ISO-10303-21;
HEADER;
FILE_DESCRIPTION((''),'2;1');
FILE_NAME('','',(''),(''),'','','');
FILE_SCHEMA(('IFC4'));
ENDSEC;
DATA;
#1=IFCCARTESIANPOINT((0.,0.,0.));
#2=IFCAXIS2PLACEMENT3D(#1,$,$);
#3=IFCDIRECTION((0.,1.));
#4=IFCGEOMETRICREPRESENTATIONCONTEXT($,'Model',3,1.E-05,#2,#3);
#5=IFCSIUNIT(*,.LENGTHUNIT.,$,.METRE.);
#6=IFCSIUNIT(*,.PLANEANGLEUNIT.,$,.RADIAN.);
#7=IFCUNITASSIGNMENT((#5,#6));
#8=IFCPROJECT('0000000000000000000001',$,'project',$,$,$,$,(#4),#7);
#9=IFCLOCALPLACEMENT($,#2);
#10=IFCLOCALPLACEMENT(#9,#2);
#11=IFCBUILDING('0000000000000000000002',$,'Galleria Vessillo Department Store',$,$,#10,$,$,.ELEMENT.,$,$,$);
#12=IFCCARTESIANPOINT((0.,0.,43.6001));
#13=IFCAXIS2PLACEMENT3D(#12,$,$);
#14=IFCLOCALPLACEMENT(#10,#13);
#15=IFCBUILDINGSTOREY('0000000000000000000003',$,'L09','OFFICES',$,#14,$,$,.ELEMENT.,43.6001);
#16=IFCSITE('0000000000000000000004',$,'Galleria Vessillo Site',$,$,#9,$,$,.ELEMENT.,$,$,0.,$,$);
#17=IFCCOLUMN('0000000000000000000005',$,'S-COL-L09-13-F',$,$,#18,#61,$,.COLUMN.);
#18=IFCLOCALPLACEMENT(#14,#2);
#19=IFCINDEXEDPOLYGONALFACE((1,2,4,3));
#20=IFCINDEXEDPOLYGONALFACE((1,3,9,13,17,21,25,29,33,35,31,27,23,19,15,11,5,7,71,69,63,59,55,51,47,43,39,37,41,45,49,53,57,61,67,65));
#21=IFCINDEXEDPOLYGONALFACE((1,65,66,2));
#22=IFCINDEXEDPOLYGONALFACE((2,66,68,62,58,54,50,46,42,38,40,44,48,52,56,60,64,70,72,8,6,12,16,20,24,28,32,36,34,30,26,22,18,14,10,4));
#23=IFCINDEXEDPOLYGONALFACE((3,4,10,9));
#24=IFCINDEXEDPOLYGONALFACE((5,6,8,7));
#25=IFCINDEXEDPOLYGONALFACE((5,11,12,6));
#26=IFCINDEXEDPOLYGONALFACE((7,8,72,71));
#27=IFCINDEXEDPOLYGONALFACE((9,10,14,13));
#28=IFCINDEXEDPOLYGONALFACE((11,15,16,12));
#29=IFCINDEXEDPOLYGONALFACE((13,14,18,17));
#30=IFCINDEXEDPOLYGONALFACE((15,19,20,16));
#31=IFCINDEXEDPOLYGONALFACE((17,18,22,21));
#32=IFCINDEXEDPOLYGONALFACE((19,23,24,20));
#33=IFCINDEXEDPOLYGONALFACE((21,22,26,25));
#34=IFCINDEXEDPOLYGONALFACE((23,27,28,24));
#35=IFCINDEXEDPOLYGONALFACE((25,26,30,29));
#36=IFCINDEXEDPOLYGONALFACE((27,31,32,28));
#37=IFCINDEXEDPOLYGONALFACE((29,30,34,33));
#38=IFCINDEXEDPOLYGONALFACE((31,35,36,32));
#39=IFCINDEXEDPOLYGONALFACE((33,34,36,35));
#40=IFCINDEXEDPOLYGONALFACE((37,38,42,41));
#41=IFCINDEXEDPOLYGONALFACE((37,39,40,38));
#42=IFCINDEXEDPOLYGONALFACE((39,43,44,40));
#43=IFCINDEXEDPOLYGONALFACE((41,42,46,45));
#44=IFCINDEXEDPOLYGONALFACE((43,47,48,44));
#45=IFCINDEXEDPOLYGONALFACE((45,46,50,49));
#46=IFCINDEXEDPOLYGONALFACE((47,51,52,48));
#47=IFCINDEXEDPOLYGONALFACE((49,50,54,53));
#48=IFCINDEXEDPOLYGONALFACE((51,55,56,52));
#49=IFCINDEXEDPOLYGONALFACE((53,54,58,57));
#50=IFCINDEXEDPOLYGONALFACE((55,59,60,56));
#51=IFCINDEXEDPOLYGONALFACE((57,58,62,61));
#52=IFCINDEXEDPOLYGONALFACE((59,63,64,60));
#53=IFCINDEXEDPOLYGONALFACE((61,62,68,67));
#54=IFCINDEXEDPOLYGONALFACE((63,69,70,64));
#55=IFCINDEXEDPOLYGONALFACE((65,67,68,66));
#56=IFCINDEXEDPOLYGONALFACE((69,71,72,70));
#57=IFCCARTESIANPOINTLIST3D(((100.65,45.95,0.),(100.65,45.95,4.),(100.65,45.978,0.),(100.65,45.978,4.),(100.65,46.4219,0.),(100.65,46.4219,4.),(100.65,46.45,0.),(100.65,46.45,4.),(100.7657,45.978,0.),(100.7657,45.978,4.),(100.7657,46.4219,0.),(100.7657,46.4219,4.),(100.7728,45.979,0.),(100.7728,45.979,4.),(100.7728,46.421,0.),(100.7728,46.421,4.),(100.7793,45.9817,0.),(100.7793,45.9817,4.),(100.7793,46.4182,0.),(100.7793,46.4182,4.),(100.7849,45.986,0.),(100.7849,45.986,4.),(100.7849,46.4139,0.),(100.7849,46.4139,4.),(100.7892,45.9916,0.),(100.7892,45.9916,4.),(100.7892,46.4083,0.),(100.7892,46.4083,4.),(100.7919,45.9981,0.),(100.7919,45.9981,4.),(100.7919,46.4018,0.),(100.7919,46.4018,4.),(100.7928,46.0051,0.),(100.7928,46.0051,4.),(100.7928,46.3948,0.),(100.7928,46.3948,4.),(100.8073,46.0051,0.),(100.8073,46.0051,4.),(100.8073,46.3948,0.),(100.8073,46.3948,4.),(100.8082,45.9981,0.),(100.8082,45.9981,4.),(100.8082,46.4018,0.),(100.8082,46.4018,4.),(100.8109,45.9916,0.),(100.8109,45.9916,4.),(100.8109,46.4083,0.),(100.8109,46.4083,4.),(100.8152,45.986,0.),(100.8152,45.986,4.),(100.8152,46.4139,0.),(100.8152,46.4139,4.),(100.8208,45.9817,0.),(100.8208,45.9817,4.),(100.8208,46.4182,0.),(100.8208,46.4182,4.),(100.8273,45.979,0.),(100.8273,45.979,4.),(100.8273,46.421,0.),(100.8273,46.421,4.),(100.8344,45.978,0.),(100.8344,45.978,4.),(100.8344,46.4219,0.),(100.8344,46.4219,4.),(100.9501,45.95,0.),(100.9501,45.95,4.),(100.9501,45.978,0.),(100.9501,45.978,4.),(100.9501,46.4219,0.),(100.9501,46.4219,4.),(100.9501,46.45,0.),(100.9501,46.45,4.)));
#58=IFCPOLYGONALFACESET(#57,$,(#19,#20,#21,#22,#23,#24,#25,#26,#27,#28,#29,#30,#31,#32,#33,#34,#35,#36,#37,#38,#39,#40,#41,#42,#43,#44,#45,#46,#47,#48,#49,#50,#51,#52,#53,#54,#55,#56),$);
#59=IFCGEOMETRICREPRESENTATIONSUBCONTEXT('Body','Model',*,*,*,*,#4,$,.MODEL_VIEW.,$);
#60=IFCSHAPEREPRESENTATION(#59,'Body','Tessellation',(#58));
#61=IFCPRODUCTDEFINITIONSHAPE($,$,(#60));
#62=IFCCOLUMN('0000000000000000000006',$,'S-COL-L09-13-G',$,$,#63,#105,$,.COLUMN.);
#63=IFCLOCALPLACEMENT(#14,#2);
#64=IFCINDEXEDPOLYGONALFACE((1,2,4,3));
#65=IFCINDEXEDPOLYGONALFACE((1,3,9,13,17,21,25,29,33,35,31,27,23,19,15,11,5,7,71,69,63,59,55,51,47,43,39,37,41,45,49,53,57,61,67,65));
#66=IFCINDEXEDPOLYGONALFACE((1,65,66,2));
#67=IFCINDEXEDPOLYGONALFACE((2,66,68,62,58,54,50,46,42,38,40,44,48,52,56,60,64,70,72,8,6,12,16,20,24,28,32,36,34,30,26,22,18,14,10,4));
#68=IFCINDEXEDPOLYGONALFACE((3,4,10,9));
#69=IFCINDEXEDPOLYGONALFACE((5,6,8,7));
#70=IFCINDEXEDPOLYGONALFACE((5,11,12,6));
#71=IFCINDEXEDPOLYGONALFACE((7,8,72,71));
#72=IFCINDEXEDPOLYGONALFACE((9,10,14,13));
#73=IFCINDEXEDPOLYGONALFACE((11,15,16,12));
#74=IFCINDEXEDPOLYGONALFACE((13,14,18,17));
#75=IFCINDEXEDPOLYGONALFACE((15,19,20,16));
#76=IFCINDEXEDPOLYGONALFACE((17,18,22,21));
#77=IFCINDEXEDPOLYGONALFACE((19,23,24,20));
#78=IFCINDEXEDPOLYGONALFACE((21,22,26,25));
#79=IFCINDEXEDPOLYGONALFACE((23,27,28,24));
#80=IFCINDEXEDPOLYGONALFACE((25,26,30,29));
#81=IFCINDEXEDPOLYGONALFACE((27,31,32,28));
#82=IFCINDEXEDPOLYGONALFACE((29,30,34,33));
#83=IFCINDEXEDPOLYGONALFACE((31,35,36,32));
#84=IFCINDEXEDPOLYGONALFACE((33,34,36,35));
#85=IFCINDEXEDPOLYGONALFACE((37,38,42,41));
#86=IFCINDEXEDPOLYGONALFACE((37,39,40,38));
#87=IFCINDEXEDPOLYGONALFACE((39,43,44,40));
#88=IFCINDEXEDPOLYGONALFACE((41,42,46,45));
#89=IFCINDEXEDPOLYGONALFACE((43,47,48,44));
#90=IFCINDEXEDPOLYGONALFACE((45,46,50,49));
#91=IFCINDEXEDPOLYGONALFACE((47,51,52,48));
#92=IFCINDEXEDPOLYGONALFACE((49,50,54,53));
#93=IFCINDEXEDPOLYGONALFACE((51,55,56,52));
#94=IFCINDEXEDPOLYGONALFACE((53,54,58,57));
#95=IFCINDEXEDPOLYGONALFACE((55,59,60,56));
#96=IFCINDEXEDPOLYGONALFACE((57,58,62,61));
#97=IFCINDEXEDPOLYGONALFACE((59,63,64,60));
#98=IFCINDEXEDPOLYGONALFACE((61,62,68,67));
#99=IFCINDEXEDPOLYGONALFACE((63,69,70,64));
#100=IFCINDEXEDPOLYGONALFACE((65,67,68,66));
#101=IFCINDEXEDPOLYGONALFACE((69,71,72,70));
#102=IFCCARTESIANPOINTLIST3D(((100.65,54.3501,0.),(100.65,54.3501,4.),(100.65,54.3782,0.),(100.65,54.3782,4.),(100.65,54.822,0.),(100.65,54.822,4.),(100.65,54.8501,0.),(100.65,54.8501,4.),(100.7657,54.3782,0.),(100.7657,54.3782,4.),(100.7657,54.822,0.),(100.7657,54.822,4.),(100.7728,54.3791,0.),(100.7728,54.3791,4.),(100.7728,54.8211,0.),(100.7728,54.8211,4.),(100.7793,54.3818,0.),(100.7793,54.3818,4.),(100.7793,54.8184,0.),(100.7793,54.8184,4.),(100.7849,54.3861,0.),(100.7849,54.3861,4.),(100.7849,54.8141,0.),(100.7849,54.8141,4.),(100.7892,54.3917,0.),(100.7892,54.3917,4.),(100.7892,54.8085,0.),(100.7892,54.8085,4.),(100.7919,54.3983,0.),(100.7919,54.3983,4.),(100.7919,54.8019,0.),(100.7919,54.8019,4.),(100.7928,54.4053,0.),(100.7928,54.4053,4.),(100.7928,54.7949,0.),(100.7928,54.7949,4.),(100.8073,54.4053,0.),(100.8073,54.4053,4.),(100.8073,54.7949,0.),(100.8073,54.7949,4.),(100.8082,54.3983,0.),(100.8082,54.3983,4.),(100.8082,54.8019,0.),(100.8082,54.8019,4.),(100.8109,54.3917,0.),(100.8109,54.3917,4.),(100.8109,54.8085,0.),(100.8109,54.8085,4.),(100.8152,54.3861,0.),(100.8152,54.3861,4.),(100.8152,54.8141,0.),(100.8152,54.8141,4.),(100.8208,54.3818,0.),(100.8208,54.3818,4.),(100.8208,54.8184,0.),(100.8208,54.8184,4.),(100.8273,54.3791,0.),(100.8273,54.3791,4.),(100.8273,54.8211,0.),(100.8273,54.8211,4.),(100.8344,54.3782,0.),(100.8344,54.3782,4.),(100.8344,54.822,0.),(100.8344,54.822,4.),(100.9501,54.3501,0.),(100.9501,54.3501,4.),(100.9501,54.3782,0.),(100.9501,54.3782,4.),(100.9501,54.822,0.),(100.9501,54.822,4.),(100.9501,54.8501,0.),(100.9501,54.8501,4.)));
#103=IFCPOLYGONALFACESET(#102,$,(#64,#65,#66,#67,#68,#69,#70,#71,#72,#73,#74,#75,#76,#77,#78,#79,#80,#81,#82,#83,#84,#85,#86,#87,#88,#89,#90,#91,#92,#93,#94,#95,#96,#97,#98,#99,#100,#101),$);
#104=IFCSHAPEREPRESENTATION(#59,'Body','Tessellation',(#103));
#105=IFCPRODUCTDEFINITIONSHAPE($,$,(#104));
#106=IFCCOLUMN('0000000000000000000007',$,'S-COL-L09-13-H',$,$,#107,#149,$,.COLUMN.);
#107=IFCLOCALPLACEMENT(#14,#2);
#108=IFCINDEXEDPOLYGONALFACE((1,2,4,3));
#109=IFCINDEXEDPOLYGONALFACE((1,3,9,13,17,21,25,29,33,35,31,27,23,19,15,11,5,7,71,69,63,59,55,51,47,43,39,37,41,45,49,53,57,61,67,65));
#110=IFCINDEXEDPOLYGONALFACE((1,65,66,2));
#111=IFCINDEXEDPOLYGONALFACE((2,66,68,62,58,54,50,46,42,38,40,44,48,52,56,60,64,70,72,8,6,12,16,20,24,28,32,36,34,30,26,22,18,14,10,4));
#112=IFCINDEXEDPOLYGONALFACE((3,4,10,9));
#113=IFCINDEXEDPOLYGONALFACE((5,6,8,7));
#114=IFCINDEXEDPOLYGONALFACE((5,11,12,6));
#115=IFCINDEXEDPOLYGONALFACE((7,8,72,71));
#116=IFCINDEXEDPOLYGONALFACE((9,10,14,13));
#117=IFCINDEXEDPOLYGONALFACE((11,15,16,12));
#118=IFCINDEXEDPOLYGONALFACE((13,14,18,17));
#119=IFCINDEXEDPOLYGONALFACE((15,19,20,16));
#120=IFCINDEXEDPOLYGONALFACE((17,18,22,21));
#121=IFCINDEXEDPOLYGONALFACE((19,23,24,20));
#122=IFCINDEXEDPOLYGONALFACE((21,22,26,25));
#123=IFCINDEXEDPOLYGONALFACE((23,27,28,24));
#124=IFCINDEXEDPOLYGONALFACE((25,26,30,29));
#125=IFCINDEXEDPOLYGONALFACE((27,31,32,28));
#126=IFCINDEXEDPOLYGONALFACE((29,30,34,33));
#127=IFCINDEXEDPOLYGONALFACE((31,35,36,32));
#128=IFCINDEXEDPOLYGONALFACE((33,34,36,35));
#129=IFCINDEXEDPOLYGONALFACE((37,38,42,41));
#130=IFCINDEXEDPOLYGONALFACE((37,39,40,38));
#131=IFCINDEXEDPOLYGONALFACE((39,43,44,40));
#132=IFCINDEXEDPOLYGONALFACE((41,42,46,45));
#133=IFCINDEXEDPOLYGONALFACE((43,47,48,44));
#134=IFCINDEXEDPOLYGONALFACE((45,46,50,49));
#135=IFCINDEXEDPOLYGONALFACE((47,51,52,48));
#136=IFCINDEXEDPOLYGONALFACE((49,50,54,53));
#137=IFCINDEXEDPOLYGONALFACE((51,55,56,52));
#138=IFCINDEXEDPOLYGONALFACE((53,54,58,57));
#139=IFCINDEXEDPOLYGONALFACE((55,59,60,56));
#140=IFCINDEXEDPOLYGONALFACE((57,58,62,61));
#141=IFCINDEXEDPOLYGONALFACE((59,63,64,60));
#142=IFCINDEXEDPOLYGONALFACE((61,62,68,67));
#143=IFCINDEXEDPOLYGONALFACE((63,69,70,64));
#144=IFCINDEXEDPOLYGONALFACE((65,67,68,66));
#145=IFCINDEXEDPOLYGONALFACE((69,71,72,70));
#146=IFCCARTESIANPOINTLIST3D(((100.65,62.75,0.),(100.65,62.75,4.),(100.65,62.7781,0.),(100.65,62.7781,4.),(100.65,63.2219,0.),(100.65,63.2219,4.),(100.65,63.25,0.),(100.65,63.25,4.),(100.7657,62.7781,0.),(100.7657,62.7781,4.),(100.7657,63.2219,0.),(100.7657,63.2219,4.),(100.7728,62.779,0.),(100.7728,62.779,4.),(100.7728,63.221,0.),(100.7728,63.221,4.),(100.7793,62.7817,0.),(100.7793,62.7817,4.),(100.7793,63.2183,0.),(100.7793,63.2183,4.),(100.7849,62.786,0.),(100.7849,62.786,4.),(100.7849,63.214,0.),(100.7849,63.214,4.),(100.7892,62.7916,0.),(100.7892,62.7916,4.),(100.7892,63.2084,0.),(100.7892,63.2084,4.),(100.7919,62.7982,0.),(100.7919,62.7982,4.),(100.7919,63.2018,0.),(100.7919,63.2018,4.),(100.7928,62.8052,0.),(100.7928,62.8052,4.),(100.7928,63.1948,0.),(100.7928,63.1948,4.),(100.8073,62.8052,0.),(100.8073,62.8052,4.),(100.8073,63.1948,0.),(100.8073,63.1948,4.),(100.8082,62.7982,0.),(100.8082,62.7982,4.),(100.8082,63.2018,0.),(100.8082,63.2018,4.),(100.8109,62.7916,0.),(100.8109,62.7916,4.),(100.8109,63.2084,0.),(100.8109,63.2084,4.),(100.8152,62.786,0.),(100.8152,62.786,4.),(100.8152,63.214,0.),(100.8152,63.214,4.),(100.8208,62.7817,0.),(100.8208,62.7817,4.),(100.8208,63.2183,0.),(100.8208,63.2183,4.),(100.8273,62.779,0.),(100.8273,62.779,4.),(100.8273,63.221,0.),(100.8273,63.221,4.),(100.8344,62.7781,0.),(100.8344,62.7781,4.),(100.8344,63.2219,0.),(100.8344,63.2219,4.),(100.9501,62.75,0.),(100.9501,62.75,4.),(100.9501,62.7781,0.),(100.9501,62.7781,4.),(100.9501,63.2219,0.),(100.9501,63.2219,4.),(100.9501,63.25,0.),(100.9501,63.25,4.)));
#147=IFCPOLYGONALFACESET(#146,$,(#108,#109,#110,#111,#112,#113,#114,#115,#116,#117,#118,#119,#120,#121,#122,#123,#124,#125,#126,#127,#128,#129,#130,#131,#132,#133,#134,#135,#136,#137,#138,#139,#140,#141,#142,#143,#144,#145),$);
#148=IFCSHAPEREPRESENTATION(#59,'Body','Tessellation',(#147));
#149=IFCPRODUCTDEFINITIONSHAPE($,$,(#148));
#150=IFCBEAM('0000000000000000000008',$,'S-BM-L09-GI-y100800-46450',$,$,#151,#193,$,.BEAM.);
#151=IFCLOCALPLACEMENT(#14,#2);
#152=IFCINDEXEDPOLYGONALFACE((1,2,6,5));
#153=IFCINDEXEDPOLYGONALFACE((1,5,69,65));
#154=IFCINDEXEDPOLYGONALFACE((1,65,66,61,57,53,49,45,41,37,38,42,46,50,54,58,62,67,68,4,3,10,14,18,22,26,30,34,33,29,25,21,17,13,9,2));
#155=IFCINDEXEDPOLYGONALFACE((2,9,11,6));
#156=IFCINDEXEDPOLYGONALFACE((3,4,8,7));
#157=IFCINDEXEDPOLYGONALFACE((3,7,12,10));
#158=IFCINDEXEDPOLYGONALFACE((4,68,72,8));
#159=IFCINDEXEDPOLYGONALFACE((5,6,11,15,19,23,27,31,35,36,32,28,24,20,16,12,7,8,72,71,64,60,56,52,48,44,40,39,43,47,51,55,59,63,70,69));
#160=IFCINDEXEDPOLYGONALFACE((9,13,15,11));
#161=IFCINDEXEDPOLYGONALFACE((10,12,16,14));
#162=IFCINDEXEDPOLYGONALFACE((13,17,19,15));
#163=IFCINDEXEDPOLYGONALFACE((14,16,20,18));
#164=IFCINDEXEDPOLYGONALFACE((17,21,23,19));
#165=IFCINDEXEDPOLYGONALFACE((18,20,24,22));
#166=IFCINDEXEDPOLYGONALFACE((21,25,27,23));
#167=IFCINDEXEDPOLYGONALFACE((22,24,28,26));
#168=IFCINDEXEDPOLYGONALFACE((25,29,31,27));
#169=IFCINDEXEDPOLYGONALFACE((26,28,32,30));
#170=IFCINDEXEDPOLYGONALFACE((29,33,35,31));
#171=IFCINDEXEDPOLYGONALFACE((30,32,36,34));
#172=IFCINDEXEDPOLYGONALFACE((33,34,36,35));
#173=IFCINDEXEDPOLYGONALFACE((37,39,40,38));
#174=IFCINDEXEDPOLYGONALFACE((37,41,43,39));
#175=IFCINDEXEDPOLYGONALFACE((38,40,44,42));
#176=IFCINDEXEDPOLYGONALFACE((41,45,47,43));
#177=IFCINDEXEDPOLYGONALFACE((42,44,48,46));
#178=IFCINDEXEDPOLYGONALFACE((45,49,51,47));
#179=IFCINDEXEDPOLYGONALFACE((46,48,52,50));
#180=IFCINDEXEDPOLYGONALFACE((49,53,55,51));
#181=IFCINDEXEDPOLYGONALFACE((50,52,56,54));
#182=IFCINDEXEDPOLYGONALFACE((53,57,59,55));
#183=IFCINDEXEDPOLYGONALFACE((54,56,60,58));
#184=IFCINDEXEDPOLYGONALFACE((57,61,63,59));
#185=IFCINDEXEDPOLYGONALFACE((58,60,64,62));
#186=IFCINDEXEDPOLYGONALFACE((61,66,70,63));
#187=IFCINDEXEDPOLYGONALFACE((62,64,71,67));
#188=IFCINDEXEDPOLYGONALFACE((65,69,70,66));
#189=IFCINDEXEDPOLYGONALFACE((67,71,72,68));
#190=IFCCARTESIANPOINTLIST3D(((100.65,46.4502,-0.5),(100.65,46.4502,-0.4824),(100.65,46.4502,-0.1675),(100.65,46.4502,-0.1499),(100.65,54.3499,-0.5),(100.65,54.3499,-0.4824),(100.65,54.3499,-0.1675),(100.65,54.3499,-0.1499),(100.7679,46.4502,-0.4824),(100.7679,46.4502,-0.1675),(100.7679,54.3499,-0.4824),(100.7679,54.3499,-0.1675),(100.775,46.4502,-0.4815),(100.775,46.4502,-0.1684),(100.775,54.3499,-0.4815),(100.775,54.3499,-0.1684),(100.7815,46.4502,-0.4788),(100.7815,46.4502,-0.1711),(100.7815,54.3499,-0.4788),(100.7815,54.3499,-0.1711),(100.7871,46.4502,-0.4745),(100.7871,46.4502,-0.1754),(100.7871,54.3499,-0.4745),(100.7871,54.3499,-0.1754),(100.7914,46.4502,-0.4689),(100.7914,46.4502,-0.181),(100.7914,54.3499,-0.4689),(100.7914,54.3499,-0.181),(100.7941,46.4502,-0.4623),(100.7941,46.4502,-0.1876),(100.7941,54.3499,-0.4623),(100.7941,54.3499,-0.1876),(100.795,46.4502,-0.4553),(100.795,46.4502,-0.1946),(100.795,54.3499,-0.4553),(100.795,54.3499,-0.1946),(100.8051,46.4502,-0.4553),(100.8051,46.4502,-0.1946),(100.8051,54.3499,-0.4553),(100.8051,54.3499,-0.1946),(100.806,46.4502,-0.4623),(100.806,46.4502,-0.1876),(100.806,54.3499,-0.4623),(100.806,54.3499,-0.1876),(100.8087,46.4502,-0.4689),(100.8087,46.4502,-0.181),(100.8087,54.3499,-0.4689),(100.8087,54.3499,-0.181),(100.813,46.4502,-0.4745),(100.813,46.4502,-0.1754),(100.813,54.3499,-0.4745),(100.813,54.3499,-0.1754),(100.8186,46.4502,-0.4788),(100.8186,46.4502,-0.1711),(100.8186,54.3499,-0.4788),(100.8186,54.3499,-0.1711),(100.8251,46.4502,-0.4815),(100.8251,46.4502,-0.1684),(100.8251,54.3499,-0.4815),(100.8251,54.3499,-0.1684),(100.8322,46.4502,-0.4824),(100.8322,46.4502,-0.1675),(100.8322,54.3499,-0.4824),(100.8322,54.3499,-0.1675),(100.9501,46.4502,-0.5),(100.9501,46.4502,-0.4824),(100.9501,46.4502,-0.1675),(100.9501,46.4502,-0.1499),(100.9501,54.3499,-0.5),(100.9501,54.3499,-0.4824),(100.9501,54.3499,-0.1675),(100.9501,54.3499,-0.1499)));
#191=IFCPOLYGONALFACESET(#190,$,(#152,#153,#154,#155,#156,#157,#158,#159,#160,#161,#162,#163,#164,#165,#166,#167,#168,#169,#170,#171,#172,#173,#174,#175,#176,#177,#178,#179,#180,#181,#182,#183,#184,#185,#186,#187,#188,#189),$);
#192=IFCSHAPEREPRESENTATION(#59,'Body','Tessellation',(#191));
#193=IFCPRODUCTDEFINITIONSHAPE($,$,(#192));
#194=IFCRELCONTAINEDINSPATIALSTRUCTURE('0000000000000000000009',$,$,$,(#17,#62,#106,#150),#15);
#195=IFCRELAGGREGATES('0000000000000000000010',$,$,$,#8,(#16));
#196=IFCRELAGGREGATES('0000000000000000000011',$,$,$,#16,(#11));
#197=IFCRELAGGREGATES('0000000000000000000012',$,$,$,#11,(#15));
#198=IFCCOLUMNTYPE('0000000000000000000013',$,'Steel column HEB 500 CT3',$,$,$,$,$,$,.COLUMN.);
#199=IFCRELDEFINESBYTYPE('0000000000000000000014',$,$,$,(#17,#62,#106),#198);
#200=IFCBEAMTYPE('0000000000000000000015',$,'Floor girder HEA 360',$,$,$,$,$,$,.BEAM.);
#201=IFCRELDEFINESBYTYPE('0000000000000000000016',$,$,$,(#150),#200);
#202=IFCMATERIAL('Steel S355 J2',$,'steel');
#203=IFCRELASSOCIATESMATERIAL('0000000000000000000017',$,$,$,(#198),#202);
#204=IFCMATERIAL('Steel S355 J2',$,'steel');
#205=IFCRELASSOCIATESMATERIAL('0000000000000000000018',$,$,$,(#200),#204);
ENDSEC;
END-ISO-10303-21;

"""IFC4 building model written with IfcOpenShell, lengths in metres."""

from ifc_helpers import new_model, si_unit, direction, frame, origin, origin_2d, place, context, subcontext, project, spatial, i_section, extrude, material, material_profile, profile_set, type_object, element, save


model = new_model("IFC4")

# Units and contexts
model_context = context("Model", 3, precision=1e-05, world=origin(), true_north=direction((0.0, 1.0)))
body_context = subcontext(model_context, "Body", "Model", "MODEL_VIEW")
ifc_project = project(units=[si_unit("LENGTHUNIT", "METRE"), si_unit("PLANEANGLEUNIT", "RADIAN")], contexts=[model_context])

# Site, building, storey
site_placement = place(None, origin())
site = spatial("IfcSite", under=ifc_project, at=site_placement, Name="Galleria Vessillo Site", CompositionType="ELEMENT", RefElevation=0.0)
building_placement = place(site_placement, origin())
building = spatial("IfcBuilding", under=site, at=building_placement, Name="Galleria Vessillo Department Store", CompositionType="ELEMENT")
storey_placement = place(building_placement, frame((0.0, 0.0, 43.6001)))
storey = spatial("IfcBuildingStorey", under=building, at=storey_placement, Name="L09", Description="OFFICES", CompositionType="ELEMENT", Elevation=43.6001)

# Columns
ifc_material_1 = material(Name="Steel S355 J2", Category="steel")
ifc_material_profile_1 = material_profile(ifc_material_1, i_section(OverallWidth=0.3, OverallDepth=0.5, WebThickness=0.0144, FlangeThickness=0.0281, FilletRadius=0.0271, at=origin_2d()), Name="HEB 500")
ifc_profile_set_1 = profile_set([ifc_material_profile_1], Name="Steel S355 J2")
column_type = type_object("IfcColumnType", Name="Steel column HEB 500 CT3", PredefinedType="COLUMN", material=ifc_profile_set_1)
for number, where, z_axis, x_axis, name in (
    (1, (100.8, 46.2, 0.0), (0.0, 0.0, 1.0), (1.0, 0.0, 0.0), "S-COL-L09-13-F"),
    (2, (100.8, 54.6001, 0.0), (0.0, 0.0, 1.0), (1.0, 0.0, 0.0), "S-COL-L09-13-G"),
    (3, (100.8, 63.0, 0.0), (0.0, 0.0, 1.0), (1.0, 0.0, 0.0), "S-COL-L09-13-H"),
):
    element("IfcColumn", number, at=place(storey_placement, frame(where, z_axis=z_axis, x_axis=x_axis)), inside=storey, type_object=column_type, Name=name, PredefinedType="COLUMN", context=body_context, shape_type="SweptSolid", body=[
        extrude(i_section(OverallWidth=0.3, OverallDepth=0.5, WebThickness=0.0144, FlangeThickness=0.0281, FilletRadius=0.0271, at=origin_2d()), origin(), (0.0, 0.0, 1.0), 4.0),
    ])

# Beam
ifc_material_2 = material(Name="Steel S355 J2", Category="steel")
ifc_material_profile_2 = material_profile(ifc_material_2, i_section(OverallWidth=0.3, OverallDepth=0.3501, WebThickness=0.01, FlangeThickness=0.0176, FilletRadius=0.0271, at=origin_2d()), Name="HEA 360")
ifc_profile_set_2 = profile_set([ifc_material_profile_2], Name="Steel S355 J2")
beam_type_1 = type_object("IfcBeamType", Name="Floor girder HEA 360", PredefinedType="BEAM", material=ifc_profile_set_2)
beam_1_placement = place(storey_placement, frame((100.8, 46.4502, -0.325), z_axis=(0.0, 1.0, 0.0), x_axis=(-1.0, 0.0, 0.0)))
element("IfcBeam", 4, at=beam_1_placement, inside=storey, type_object=beam_type_1, Name="S-BM-L09-GI-y100800-46450", PredefinedType="BEAM", context=body_context, shape_type="SweptSolid", body=[
    extrude(i_section(OverallWidth=0.3, OverallDepth=0.3501, WebThickness=0.01, FlangeThickness=0.0176, FilletRadius=0.0271, at=origin_2d()), origin(), (0.0, 0.0, 1.0), 7.8997),
])

save(model, "model.ifc")
